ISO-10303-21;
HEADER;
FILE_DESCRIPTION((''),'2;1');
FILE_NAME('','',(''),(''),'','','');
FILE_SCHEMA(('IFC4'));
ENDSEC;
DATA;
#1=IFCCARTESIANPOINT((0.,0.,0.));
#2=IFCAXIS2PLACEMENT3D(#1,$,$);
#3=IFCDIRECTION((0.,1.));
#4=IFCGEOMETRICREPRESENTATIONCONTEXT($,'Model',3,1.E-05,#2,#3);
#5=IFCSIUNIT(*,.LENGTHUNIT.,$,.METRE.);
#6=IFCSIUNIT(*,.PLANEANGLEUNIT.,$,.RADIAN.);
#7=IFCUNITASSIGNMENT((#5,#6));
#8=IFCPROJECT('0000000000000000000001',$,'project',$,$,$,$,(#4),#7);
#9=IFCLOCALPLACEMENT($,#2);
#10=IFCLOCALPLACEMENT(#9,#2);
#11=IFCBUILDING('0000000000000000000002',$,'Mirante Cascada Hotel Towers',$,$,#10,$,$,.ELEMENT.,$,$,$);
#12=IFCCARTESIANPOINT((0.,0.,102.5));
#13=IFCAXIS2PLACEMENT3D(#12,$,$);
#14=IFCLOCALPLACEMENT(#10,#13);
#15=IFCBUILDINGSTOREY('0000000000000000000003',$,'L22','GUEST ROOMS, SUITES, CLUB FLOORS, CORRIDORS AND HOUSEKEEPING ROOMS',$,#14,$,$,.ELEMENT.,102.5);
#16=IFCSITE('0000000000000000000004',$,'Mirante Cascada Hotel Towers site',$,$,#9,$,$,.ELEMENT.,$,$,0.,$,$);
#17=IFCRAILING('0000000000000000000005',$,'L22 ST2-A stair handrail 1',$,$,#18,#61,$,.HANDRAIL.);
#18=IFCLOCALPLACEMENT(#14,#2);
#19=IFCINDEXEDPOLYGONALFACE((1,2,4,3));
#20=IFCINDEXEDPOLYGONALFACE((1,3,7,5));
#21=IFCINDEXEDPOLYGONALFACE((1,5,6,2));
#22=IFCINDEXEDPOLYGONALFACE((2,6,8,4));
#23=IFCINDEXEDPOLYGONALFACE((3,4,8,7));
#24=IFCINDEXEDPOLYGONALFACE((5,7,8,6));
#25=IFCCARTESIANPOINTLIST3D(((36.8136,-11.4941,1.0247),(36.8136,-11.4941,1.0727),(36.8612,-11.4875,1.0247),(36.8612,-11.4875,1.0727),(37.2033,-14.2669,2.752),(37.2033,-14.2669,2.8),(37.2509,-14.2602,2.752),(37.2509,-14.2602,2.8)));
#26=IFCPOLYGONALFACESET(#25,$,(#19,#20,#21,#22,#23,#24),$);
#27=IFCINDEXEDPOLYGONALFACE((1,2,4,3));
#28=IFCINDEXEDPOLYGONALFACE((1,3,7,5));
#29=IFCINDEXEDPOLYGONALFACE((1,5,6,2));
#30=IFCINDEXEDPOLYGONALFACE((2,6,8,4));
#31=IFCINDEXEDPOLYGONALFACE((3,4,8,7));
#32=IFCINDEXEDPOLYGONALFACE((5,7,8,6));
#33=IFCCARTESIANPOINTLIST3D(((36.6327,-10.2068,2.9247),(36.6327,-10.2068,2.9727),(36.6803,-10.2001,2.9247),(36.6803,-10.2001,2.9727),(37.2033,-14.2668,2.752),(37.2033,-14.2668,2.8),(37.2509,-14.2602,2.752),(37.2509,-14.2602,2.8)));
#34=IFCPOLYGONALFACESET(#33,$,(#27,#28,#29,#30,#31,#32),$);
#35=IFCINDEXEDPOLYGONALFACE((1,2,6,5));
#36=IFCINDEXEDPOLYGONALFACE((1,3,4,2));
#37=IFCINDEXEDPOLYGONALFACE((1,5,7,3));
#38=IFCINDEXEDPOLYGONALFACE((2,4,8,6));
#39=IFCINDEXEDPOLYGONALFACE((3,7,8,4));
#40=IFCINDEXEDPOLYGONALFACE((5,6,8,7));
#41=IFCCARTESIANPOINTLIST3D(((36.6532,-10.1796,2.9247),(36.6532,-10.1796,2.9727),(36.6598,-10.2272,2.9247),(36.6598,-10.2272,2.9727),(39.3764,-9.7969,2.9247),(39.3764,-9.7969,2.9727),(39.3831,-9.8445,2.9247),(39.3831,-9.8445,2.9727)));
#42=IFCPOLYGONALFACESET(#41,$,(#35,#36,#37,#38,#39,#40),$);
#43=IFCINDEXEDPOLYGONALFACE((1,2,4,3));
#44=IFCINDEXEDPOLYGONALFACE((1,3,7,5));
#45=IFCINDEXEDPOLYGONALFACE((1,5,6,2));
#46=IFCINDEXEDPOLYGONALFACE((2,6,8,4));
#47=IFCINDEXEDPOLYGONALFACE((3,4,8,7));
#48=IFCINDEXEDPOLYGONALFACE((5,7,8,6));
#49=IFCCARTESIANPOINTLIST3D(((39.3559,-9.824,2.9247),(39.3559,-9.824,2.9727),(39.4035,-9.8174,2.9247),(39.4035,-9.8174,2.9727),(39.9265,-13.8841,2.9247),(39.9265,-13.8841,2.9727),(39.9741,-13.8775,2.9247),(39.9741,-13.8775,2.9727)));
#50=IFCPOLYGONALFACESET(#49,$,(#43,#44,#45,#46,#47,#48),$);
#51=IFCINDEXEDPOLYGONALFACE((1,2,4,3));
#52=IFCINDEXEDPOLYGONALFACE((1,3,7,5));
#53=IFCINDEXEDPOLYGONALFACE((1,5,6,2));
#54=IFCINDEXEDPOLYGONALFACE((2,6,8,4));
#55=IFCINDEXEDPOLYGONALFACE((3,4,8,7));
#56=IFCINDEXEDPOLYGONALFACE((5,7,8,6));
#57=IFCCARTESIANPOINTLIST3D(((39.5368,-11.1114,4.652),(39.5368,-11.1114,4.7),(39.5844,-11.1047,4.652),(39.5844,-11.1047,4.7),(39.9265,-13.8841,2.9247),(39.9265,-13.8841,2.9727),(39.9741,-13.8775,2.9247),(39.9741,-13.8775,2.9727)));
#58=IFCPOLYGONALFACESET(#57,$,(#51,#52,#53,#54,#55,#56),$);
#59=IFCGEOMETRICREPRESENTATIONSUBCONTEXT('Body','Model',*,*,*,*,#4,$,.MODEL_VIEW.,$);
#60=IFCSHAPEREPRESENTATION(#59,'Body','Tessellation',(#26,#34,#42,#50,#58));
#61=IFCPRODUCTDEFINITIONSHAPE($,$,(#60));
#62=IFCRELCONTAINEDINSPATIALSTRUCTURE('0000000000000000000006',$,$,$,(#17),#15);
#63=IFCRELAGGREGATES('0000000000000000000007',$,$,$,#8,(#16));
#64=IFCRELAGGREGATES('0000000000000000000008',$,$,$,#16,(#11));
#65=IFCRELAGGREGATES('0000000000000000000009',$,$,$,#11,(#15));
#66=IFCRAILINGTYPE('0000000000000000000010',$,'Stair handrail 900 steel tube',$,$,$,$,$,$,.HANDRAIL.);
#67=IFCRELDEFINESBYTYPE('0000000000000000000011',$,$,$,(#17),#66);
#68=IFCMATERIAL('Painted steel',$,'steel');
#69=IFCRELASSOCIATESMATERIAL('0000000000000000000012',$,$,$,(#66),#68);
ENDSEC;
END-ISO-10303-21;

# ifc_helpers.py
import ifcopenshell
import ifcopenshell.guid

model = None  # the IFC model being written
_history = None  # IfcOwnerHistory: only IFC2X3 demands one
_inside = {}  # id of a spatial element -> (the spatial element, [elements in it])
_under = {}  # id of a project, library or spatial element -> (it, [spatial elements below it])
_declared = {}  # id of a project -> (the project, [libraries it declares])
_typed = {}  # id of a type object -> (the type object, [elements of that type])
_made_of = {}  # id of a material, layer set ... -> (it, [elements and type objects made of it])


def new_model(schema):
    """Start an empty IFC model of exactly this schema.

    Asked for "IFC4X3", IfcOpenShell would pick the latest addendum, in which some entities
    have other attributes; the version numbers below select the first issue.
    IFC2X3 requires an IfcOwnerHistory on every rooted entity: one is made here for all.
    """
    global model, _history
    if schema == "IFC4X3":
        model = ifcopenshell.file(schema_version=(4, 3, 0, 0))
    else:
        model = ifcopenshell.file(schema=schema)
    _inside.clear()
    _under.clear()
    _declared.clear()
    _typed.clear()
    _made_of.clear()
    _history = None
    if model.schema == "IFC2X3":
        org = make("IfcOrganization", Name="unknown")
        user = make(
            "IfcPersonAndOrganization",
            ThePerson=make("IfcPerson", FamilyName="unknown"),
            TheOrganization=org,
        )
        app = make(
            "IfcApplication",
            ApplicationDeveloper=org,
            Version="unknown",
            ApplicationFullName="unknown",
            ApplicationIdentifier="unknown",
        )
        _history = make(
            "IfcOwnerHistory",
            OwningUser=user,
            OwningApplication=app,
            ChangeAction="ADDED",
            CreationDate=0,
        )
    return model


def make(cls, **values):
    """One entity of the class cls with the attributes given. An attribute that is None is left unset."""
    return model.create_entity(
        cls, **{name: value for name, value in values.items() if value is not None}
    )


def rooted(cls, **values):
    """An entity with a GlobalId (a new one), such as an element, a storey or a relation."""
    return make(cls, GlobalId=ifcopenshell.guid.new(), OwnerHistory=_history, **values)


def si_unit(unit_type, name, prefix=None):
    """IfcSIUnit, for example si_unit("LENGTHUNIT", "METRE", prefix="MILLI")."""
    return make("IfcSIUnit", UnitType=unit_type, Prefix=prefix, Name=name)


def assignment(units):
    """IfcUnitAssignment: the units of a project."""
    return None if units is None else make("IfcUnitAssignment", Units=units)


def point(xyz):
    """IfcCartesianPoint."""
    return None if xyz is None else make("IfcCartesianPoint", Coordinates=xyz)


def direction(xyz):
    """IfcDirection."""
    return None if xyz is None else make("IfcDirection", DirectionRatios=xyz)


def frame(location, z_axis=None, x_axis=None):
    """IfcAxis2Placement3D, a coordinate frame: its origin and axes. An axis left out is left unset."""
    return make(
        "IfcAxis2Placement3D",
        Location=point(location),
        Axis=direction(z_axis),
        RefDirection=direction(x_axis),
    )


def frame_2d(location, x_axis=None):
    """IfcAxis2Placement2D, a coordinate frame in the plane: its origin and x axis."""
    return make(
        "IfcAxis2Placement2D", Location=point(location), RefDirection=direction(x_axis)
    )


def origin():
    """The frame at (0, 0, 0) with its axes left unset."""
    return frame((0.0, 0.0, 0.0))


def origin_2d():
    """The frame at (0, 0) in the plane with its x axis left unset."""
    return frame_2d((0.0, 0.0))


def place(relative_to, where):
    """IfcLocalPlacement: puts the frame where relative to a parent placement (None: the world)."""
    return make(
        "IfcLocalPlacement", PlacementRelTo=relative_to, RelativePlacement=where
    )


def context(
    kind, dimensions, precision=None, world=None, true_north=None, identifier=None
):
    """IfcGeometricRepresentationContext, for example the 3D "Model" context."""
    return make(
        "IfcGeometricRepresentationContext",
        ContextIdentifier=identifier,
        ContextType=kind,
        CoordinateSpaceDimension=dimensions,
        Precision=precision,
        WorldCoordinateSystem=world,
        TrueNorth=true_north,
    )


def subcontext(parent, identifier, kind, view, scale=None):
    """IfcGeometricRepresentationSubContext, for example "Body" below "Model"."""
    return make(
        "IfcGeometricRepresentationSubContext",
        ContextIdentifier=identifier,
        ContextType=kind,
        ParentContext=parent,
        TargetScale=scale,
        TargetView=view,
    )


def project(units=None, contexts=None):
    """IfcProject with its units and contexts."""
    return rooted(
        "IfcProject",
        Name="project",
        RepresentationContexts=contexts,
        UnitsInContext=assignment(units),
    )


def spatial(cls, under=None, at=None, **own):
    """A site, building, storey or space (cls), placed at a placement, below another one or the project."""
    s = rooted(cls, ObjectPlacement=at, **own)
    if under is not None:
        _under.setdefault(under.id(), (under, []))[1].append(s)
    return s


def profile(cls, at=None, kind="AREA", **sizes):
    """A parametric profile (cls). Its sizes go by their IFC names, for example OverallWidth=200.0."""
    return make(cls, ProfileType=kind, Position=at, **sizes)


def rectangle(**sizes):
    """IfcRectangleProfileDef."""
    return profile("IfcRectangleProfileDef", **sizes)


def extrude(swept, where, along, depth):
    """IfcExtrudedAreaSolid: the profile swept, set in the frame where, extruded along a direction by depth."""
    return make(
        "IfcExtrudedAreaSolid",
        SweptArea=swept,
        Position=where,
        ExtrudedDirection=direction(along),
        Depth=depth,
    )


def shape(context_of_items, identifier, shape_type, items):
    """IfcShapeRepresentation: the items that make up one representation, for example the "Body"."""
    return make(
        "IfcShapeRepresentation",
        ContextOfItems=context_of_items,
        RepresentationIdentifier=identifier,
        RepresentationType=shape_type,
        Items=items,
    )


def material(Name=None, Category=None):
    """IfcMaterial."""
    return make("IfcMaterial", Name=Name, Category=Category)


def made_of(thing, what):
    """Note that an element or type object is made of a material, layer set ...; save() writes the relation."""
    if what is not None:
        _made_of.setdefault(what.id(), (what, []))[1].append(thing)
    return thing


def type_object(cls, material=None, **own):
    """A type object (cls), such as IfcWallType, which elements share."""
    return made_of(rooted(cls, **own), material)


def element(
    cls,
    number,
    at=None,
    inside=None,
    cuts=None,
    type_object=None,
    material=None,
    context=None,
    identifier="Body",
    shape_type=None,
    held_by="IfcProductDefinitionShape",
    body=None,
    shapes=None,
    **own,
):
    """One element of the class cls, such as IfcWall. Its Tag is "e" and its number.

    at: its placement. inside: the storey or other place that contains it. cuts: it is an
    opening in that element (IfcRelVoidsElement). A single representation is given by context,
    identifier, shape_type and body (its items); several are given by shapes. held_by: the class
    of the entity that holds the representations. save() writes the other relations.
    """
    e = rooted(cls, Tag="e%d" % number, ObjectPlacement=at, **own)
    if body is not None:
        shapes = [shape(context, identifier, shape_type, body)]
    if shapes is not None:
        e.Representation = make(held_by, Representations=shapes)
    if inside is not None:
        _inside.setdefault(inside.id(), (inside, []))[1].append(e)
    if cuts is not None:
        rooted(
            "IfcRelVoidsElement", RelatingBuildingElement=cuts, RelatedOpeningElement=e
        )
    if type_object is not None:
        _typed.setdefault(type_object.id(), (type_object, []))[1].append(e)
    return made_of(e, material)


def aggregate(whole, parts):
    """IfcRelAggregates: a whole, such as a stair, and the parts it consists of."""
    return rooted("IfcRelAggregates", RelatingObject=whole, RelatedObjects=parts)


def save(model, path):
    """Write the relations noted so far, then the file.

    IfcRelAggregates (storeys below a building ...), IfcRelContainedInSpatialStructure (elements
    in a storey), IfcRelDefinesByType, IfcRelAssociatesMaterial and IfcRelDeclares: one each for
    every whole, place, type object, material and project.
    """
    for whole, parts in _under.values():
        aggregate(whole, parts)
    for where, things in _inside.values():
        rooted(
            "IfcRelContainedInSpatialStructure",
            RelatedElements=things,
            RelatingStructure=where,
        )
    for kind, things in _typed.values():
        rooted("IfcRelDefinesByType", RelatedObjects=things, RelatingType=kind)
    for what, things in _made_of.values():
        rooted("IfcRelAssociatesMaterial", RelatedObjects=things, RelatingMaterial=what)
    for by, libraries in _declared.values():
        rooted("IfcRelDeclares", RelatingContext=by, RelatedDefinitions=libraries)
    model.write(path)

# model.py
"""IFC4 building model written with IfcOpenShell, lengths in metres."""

from ifc_helpers import new_model, si_unit, direction, frame, origin, origin_2d, place, context, subcontext, project, spatial, rectangle, extrude, material, type_object, element, save


model = new_model("IFC4")

# Units and contexts
model_context = context("Model", 3, precision=1e-05, world=origin(), true_north=direction((0.0, 1.0)))
body_context = subcontext(model_context, "Body", "Model", "MODEL_VIEW")
ifc_project = project(units=[si_unit("LENGTHUNIT", "METRE"), si_unit("PLANEANGLEUNIT", "RADIAN")], contexts=[model_context])

# Site, building, storey
site_placement = place(None, origin())
site = spatial("IfcSite", under=ifc_project, at=site_placement, Name="Mirante Cascada Hotel Towers site", CompositionType="ELEMENT", RefElevation=0.0)
building_placement = place(site_placement, origin())
building = spatial("IfcBuilding", under=site, at=building_placement, Name="Mirante Cascada Hotel Towers", CompositionType="ELEMENT")
storey_placement = place(building_placement, frame((0.0, 0.0, 102.5)))
storey = spatial("IfcBuildingStorey", under=building, at=storey_placement, Name="L22", Description="GUEST ROOMS, SUITES, CLUB FLOORS, CORRIDORS AND HOUSEKEEPING ROOMS", CompositionType="ELEMENT", Elevation=102.5)

# Railing
ifc_material_1 = material(Name="Painted steel", Category="steel")
railing_type = type_object("IfcRailingType", Name="Stair handrail 900 steel tube", PredefinedType="HANDRAIL", material=ifc_material_1)
railing_placement = place(storey_placement, frame((36.8374, -11.4908, 0.1727)))
element("IfcRailing", 1, at=railing_placement, inside=storey, type_object=railing_type, Name="L22 ST2-A stair handrail 1", PredefinedType="HANDRAIL", context=body_context, shape_type="SweptSolid", body=[
    extrude(rectangle(XDim=0.048, YDim=0.048, at=origin_2d()), frame((0.0, 0.0, 0.876), z_axis=(0.139181, -0.990267, 0.0), x_axis=(0.990267, 0.139181, 0.0)), (0.0, 0.525035, 0.851081), 3.2899),
    extrude(rectangle(XDim=0.048, YDim=0.048, at=origin_2d()), frame((0.3897, -2.7727, 2.6033), z_axis=(-0.139171, 0.990268, 0.0), x_axis=(-0.990268, -0.139171, 0.0)), (0.0, 0.042085, 0.999114), 4.1036),
    extrude(rectangle(XDim=0.048, YDim=0.048, at=origin_2d()), frame((-0.1809, 1.2874, 2.776), z_axis=(0.990269, 0.139166, 0.0), x_axis=(-0.139166, 0.990269, 0.0)), (0.0, 0.0, 1.0), 2.75),
    extrude(rectangle(XDim=0.048, YDim=0.048, at=origin_2d()), frame((2.5423, 1.6701, 2.776), z_axis=(0.139171, -0.990268, 0.0), x_axis=(0.990268, 0.139171, 0.0)), (0.0, 0.0, 1.0), 4.1),
    extrude(rectangle(XDim=0.048, YDim=0.048, at=origin_2d()), frame((3.1129, -2.39, 2.776), z_axis=(-0.139181, 0.990267, 0.0), x_axis=(-0.990267, -0.139181, 0.0)), (0.0, 0.525035, 0.851081), 3.2899),
])

save(model, "model.ifc")
